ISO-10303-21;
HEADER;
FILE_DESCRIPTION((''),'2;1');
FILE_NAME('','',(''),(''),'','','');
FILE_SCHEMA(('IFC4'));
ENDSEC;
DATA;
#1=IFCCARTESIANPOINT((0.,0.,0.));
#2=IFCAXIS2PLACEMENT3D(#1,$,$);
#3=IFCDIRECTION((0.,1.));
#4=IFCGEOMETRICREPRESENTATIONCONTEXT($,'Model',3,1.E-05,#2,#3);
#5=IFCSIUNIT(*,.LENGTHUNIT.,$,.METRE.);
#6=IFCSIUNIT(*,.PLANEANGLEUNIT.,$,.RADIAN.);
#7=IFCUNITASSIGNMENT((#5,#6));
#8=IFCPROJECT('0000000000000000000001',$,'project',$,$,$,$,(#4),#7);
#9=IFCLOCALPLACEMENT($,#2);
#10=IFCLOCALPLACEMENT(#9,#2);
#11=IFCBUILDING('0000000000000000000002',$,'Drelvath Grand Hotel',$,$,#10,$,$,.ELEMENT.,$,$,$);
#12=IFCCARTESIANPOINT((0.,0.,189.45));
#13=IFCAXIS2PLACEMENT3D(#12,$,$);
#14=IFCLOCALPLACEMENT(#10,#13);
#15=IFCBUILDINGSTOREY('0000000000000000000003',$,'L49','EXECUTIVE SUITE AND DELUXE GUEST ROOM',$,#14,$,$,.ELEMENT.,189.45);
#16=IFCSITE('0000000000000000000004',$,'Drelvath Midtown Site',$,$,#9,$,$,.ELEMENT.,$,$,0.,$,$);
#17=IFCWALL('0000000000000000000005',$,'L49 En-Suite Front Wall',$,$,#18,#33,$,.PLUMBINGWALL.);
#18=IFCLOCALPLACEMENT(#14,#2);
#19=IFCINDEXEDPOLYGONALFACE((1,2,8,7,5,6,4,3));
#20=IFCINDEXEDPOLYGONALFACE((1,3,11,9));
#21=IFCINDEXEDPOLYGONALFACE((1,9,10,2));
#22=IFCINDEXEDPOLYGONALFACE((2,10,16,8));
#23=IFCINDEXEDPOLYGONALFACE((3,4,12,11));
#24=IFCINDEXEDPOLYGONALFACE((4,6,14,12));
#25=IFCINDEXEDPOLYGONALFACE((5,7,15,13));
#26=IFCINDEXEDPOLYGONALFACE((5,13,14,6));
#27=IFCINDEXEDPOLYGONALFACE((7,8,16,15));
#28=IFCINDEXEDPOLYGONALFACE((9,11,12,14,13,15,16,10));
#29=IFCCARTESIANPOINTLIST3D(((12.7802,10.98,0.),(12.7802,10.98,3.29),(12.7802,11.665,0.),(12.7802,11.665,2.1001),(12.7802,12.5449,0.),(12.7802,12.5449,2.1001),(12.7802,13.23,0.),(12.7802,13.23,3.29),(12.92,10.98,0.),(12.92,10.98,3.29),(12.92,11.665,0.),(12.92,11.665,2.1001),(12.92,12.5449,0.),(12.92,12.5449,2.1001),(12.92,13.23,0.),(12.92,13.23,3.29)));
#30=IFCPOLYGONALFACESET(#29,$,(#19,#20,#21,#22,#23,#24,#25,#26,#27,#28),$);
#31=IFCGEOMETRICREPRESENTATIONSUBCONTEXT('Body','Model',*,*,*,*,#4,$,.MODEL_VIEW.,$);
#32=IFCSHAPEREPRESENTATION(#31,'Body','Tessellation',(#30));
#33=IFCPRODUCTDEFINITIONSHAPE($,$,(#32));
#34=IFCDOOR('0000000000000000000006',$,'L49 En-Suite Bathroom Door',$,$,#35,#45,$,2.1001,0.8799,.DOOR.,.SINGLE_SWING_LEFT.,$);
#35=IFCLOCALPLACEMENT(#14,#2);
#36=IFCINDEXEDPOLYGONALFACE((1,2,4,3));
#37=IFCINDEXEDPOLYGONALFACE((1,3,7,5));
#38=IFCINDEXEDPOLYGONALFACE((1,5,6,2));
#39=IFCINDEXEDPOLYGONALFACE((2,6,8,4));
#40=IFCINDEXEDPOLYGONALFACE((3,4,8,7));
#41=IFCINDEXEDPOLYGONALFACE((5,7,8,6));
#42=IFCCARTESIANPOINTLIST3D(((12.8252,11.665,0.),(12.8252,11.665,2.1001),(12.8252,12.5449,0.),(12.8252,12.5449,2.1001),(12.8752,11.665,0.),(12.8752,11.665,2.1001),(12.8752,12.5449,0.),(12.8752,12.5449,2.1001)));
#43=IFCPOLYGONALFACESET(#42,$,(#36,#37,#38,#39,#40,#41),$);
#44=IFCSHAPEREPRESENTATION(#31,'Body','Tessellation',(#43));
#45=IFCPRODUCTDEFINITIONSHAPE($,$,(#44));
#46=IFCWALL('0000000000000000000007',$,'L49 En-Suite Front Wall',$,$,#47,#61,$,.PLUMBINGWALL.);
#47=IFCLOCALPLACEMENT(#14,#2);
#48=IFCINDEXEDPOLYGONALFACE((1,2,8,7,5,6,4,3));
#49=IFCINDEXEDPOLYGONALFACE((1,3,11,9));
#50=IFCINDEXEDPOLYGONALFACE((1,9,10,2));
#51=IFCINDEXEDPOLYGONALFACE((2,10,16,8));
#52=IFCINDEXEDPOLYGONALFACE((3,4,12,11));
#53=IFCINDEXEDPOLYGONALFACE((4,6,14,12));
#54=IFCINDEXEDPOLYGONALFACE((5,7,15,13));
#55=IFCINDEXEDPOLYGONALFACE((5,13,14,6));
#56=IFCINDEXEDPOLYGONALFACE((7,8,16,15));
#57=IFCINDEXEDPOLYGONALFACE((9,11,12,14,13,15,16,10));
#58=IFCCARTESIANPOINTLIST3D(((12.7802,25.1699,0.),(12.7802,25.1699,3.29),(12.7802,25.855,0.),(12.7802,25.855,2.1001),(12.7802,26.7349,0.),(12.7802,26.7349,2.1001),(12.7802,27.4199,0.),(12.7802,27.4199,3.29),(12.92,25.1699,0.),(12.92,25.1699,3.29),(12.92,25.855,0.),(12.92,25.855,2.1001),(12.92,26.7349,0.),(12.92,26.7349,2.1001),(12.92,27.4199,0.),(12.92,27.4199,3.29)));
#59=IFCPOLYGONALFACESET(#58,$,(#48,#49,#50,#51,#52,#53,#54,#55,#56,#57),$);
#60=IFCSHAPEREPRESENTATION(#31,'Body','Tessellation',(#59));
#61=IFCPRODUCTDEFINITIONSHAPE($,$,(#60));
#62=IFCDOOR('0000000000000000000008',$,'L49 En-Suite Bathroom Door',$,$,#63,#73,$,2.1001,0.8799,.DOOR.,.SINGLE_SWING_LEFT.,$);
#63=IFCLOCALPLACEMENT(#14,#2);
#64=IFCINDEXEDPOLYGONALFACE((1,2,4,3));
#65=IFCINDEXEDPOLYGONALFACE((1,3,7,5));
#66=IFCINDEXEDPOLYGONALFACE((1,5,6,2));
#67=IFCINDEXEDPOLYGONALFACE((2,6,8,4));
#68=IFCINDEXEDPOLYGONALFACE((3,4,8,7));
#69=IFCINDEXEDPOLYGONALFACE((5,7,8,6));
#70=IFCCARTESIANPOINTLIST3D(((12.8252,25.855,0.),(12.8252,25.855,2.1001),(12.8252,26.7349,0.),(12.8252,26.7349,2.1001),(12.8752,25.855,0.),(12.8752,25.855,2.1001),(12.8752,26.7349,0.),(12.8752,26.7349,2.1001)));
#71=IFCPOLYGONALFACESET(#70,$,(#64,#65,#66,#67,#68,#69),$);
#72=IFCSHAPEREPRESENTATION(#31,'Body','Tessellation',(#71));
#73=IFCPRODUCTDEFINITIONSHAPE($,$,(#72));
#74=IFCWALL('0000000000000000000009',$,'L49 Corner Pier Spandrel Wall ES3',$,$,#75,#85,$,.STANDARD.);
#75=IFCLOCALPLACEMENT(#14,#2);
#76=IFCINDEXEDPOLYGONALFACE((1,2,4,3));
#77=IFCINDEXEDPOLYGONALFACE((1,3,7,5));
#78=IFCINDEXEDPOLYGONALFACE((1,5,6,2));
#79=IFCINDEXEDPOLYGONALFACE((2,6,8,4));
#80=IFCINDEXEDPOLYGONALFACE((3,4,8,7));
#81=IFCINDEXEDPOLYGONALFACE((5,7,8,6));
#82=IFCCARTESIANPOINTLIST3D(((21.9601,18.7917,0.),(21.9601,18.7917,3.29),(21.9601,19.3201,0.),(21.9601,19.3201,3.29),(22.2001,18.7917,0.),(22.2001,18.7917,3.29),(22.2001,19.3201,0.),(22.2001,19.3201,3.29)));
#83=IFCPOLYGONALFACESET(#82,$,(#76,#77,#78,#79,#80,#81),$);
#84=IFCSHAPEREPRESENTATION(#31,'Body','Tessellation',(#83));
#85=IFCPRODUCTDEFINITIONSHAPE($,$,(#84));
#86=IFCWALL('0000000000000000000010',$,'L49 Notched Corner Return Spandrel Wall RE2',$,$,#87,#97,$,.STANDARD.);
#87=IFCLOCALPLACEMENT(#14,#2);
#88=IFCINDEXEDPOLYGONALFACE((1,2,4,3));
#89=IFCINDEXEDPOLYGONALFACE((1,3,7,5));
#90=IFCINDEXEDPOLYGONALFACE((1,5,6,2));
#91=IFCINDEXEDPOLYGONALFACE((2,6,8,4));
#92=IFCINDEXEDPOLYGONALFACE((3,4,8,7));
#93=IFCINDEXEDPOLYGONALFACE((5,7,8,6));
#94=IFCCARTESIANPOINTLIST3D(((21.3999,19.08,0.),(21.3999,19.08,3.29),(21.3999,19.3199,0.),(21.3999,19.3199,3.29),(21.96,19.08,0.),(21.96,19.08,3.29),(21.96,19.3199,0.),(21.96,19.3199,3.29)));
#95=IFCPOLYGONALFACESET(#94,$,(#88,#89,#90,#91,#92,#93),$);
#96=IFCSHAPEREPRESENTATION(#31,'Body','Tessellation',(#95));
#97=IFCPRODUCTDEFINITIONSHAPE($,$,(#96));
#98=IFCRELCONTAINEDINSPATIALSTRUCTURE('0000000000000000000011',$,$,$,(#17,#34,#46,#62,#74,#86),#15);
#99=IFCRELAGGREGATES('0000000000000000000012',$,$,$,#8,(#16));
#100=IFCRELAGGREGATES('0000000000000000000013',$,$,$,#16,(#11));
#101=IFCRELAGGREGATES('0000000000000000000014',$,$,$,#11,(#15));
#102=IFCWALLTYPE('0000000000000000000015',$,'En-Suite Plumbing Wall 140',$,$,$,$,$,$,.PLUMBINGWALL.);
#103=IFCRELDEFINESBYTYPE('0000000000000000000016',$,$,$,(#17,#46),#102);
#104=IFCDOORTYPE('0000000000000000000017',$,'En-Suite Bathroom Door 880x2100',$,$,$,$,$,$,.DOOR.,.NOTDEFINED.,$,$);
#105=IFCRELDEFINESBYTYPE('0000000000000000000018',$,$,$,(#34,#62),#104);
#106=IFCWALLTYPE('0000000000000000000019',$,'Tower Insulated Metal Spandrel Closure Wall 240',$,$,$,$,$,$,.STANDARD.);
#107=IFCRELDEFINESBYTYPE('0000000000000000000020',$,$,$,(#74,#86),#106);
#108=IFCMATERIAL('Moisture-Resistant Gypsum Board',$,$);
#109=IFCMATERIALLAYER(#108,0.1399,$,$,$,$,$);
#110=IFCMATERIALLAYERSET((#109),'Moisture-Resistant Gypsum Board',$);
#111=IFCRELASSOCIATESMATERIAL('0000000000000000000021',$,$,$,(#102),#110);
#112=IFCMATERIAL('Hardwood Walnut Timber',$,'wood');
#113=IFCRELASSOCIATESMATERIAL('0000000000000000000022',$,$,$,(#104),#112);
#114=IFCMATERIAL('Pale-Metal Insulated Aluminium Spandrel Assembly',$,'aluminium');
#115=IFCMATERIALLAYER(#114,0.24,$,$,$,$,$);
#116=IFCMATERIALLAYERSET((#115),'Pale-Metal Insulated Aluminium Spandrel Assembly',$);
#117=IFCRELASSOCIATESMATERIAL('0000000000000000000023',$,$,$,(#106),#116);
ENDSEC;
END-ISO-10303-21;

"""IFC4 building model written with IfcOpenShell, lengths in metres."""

from ifc_helpers import new_model, si_unit, direction, frame, frame_2d, origin, place, context, subcontext, project, spatial, rectangle, extrude, material, layer, layer_set, type_object, element, fill, save


model = new_model("IFC4")

# Units and contexts
model_context = context("Model", 3, precision=1e-05, world=origin(), true_north=direction((0.0, 1.0)))
body_context = subcontext(model_context, "Body", "Model", "MODEL_VIEW")
ifc_project = project(units=[si_unit("LENGTHUNIT", "METRE"), si_unit("PLANEANGLEUNIT", "RADIAN")], contexts=[model_context])

# Site, building, storey
site_placement = place(None, origin())
site = spatial("IfcSite", under=ifc_project, at=site_placement, Name="Drelvath Midtown Site", CompositionType="ELEMENT", RefElevation=0.0)
building_placement = place(site_placement, origin())
building = spatial("IfcBuilding", under=site, at=building_placement, Name="Drelvath Grand Hotel", CompositionType="ELEMENT")
storey_placement = place(building_placement, frame((0.0, 0.0, 189.45)))
storey = spatial("IfcBuildingStorey", under=building, at=storey_placement, Name="L49", Description="EXECUTIVE SUITE AND DELUXE GUEST ROOM", CompositionType="ELEMENT", Elevation=189.45)

# Walls, openings, doors
ifc_material_1 = material(Name="Moisture-Resistant Gypsum Board")
ifc_layer_1 = layer(ifc_material_1, 0.1399)
ifc_layer_set_1 = layer_set([ifc_layer_1], Name="Moisture-Resistant Gypsum Board")
wall_type_1 = type_object("IfcWallType", Name="En-Suite Plumbing Wall 140", PredefinedType="PLUMBINGWALL", material=ifc_layer_set_1)
wall_1_placement = place(storey_placement, frame((12.8501, 10.98, 0.0), z_axis=(0.0, 0.0, 1.0), x_axis=(0.0, 1.0, 0.0)))
wall_1 = element("IfcWall", 1, at=wall_1_placement, inside=storey, type_object=wall_type_1, Name="L49 En-Suite Front Wall", PredefinedType="PLUMBINGWALL", context=body_context, shape_type="SweptSolid", body=[
    extrude(rectangle(XDim=2.25, YDim=0.1399, at=frame_2d((1.125, 0.0))), origin(), (0.0, 0.0, 1.0), 3.29),
])
opening_1_placement = place(wall_1_placement, frame((0.6851, 0.0, 0.0)))
opening_1 = element("IfcOpeningElement", 2, at=opening_1_placement, cuts=wall_1, PredefinedType="OPENING", context=body_context, shape_type="SweptSolid", body=[
    extrude(rectangle(XDim=0.8799, YDim=2.1001, at=frame_2d((0.4399, 1.05))), frame((0.0, 0.0798, 0.0), z_axis=(0.0, -1.0, 0.0), x_axis=(1.0, 0.0, 0.0)), (0.0, 0.0, 1.0), 0.1599),
])
ifc_material_2 = material(Name="Hardwood Walnut Timber", Category="wood")
door_type = type_object("IfcDoorType", Name="En-Suite Bathroom Door 880x2100", OperationType="NOTDEFINED", PredefinedType="DOOR", material=ifc_material_2)
door_1_placement = place(opening_1_placement, origin())
door_1 = element("IfcDoor", 3, at=door_1_placement, inside=storey, type_object=door_type, Name="L49 En-Suite Bathroom Door", OperationType="SINGLE_SWING_LEFT", OverallHeight=2.1001, OverallWidth=0.8799, PredefinedType="DOOR", context=body_context, shape_type="SweptSolid", body=[
    extrude(rectangle(XDim=0.8799, YDim=2.1001, at=frame_2d((0.4399, 1.05))), frame((0.0, 0.0249, 0.0), z_axis=(0.0, -1.0, 0.0), x_axis=(1.0, 0.0, 0.0)), (0.0, 0.0, 1.0), 0.05),
])
fill(opening_1, door_1)
wall_2_placement = place(storey_placement, frame((12.8501, 25.1699, 0.0), z_axis=(0.0, 0.0, 1.0), x_axis=(0.0, 1.0, 0.0)))
wall_2 = element("IfcWall", 4, at=wall_2_placement, inside=storey, type_object=wall_type_1, Name="L49 En-Suite Front Wall", PredefinedType="PLUMBINGWALL", context=body_context, shape_type="SweptSolid", body=[
    extrude(rectangle(XDim=2.25, YDim=0.1399, at=frame_2d((1.125, 0.0))), origin(), (0.0, 0.0, 1.0), 3.29),
])
opening_2_placement = place(wall_2_placement, frame((0.6851, 0.0, 0.0)))
opening_2 = element("IfcOpeningElement", 5, at=opening_2_placement, cuts=wall_2, PredefinedType="OPENING", context=body_context, shape_type="SweptSolid", body=[
    extrude(rectangle(XDim=0.8799, YDim=2.1001, at=frame_2d((0.4399, 1.05))), frame((0.0, 0.0798, 0.0), z_axis=(0.0, -1.0, 0.0), x_axis=(1.0, 0.0, 0.0)), (0.0, 0.0, 1.0), 0.1599),
])
door_2_placement = place(opening_2_placement, origin())
door_2 = element("IfcDoor", 6, at=door_2_placement, inside=storey, type_object=door_type, Name="L49 En-Suite Bathroom Door", OperationType="SINGLE_SWING_LEFT", OverallHeight=2.1001, OverallWidth=0.8799, PredefinedType="DOOR", context=body_context, shape_type="SweptSolid", body=[
    extrude(rectangle(XDim=0.8799, YDim=2.1001, at=frame_2d((0.4399, 1.05))), frame((0.0, 0.0249, 0.0), z_axis=(0.0, -1.0, 0.0), x_axis=(1.0, 0.0, 0.0)), (0.0, 0.0, 1.0), 0.05),
])
fill(opening_2, door_2)

# Walls
ifc_material_3 = material(Name="Pale-Metal Insulated Aluminium Spandrel Assembly", Category="aluminium")
ifc_layer_2 = layer(ifc_material_3, 0.24)
ifc_layer_set_2 = layer_set([ifc_layer_2], Name="Pale-Metal Insulated Aluminium Spandrel Assembly")
wall_type_2 = type_object("IfcWallType", Name="Tower Insulated Metal Spandrel Closure Wall 240", PredefinedType="STANDARD", material=ifc_layer_set_2)
wall_3_placement = place(storey_placement, frame((22.0801, 19.3201, 0.0), z_axis=(0.0, 0.0, 1.0), x_axis=(0.0, -1.0, 0.0)))
element("IfcWall", 7, at=wall_3_placement, inside=storey, type_object=wall_type_2, Name="L49 Corner Pier Spandrel Wall ES3", PredefinedType="STANDARD", context=body_context, shape_type="SweptSolid", body=[
    extrude(rectangle(XDim=0.5283, YDim=0.24, at=frame_2d((0.2642, 0.0))), origin(), (0.0, 0.0, 1.0), 3.29),
])
wall_4_placement = place(storey_placement, frame((21.3999, 19.2, 0.0), z_axis=(0.0, 0.0, 1.0), x_axis=(1.0, 0.0, 0.0)))
element("IfcWall", 8, at=wall_4_placement, inside=storey, type_object=wall_type_2, Name="L49 Notched Corner Return Spandrel Wall RE2", PredefinedType="STANDARD", context=body_context, shape_type="SweptSolid", body=[
    extrude(rectangle(XDim=0.5601, YDim=0.24, at=frame_2d((0.28, 0.0))), origin(), (0.0, 0.0, 1.0), 3.29),
])

save(model, "model.ifc")
